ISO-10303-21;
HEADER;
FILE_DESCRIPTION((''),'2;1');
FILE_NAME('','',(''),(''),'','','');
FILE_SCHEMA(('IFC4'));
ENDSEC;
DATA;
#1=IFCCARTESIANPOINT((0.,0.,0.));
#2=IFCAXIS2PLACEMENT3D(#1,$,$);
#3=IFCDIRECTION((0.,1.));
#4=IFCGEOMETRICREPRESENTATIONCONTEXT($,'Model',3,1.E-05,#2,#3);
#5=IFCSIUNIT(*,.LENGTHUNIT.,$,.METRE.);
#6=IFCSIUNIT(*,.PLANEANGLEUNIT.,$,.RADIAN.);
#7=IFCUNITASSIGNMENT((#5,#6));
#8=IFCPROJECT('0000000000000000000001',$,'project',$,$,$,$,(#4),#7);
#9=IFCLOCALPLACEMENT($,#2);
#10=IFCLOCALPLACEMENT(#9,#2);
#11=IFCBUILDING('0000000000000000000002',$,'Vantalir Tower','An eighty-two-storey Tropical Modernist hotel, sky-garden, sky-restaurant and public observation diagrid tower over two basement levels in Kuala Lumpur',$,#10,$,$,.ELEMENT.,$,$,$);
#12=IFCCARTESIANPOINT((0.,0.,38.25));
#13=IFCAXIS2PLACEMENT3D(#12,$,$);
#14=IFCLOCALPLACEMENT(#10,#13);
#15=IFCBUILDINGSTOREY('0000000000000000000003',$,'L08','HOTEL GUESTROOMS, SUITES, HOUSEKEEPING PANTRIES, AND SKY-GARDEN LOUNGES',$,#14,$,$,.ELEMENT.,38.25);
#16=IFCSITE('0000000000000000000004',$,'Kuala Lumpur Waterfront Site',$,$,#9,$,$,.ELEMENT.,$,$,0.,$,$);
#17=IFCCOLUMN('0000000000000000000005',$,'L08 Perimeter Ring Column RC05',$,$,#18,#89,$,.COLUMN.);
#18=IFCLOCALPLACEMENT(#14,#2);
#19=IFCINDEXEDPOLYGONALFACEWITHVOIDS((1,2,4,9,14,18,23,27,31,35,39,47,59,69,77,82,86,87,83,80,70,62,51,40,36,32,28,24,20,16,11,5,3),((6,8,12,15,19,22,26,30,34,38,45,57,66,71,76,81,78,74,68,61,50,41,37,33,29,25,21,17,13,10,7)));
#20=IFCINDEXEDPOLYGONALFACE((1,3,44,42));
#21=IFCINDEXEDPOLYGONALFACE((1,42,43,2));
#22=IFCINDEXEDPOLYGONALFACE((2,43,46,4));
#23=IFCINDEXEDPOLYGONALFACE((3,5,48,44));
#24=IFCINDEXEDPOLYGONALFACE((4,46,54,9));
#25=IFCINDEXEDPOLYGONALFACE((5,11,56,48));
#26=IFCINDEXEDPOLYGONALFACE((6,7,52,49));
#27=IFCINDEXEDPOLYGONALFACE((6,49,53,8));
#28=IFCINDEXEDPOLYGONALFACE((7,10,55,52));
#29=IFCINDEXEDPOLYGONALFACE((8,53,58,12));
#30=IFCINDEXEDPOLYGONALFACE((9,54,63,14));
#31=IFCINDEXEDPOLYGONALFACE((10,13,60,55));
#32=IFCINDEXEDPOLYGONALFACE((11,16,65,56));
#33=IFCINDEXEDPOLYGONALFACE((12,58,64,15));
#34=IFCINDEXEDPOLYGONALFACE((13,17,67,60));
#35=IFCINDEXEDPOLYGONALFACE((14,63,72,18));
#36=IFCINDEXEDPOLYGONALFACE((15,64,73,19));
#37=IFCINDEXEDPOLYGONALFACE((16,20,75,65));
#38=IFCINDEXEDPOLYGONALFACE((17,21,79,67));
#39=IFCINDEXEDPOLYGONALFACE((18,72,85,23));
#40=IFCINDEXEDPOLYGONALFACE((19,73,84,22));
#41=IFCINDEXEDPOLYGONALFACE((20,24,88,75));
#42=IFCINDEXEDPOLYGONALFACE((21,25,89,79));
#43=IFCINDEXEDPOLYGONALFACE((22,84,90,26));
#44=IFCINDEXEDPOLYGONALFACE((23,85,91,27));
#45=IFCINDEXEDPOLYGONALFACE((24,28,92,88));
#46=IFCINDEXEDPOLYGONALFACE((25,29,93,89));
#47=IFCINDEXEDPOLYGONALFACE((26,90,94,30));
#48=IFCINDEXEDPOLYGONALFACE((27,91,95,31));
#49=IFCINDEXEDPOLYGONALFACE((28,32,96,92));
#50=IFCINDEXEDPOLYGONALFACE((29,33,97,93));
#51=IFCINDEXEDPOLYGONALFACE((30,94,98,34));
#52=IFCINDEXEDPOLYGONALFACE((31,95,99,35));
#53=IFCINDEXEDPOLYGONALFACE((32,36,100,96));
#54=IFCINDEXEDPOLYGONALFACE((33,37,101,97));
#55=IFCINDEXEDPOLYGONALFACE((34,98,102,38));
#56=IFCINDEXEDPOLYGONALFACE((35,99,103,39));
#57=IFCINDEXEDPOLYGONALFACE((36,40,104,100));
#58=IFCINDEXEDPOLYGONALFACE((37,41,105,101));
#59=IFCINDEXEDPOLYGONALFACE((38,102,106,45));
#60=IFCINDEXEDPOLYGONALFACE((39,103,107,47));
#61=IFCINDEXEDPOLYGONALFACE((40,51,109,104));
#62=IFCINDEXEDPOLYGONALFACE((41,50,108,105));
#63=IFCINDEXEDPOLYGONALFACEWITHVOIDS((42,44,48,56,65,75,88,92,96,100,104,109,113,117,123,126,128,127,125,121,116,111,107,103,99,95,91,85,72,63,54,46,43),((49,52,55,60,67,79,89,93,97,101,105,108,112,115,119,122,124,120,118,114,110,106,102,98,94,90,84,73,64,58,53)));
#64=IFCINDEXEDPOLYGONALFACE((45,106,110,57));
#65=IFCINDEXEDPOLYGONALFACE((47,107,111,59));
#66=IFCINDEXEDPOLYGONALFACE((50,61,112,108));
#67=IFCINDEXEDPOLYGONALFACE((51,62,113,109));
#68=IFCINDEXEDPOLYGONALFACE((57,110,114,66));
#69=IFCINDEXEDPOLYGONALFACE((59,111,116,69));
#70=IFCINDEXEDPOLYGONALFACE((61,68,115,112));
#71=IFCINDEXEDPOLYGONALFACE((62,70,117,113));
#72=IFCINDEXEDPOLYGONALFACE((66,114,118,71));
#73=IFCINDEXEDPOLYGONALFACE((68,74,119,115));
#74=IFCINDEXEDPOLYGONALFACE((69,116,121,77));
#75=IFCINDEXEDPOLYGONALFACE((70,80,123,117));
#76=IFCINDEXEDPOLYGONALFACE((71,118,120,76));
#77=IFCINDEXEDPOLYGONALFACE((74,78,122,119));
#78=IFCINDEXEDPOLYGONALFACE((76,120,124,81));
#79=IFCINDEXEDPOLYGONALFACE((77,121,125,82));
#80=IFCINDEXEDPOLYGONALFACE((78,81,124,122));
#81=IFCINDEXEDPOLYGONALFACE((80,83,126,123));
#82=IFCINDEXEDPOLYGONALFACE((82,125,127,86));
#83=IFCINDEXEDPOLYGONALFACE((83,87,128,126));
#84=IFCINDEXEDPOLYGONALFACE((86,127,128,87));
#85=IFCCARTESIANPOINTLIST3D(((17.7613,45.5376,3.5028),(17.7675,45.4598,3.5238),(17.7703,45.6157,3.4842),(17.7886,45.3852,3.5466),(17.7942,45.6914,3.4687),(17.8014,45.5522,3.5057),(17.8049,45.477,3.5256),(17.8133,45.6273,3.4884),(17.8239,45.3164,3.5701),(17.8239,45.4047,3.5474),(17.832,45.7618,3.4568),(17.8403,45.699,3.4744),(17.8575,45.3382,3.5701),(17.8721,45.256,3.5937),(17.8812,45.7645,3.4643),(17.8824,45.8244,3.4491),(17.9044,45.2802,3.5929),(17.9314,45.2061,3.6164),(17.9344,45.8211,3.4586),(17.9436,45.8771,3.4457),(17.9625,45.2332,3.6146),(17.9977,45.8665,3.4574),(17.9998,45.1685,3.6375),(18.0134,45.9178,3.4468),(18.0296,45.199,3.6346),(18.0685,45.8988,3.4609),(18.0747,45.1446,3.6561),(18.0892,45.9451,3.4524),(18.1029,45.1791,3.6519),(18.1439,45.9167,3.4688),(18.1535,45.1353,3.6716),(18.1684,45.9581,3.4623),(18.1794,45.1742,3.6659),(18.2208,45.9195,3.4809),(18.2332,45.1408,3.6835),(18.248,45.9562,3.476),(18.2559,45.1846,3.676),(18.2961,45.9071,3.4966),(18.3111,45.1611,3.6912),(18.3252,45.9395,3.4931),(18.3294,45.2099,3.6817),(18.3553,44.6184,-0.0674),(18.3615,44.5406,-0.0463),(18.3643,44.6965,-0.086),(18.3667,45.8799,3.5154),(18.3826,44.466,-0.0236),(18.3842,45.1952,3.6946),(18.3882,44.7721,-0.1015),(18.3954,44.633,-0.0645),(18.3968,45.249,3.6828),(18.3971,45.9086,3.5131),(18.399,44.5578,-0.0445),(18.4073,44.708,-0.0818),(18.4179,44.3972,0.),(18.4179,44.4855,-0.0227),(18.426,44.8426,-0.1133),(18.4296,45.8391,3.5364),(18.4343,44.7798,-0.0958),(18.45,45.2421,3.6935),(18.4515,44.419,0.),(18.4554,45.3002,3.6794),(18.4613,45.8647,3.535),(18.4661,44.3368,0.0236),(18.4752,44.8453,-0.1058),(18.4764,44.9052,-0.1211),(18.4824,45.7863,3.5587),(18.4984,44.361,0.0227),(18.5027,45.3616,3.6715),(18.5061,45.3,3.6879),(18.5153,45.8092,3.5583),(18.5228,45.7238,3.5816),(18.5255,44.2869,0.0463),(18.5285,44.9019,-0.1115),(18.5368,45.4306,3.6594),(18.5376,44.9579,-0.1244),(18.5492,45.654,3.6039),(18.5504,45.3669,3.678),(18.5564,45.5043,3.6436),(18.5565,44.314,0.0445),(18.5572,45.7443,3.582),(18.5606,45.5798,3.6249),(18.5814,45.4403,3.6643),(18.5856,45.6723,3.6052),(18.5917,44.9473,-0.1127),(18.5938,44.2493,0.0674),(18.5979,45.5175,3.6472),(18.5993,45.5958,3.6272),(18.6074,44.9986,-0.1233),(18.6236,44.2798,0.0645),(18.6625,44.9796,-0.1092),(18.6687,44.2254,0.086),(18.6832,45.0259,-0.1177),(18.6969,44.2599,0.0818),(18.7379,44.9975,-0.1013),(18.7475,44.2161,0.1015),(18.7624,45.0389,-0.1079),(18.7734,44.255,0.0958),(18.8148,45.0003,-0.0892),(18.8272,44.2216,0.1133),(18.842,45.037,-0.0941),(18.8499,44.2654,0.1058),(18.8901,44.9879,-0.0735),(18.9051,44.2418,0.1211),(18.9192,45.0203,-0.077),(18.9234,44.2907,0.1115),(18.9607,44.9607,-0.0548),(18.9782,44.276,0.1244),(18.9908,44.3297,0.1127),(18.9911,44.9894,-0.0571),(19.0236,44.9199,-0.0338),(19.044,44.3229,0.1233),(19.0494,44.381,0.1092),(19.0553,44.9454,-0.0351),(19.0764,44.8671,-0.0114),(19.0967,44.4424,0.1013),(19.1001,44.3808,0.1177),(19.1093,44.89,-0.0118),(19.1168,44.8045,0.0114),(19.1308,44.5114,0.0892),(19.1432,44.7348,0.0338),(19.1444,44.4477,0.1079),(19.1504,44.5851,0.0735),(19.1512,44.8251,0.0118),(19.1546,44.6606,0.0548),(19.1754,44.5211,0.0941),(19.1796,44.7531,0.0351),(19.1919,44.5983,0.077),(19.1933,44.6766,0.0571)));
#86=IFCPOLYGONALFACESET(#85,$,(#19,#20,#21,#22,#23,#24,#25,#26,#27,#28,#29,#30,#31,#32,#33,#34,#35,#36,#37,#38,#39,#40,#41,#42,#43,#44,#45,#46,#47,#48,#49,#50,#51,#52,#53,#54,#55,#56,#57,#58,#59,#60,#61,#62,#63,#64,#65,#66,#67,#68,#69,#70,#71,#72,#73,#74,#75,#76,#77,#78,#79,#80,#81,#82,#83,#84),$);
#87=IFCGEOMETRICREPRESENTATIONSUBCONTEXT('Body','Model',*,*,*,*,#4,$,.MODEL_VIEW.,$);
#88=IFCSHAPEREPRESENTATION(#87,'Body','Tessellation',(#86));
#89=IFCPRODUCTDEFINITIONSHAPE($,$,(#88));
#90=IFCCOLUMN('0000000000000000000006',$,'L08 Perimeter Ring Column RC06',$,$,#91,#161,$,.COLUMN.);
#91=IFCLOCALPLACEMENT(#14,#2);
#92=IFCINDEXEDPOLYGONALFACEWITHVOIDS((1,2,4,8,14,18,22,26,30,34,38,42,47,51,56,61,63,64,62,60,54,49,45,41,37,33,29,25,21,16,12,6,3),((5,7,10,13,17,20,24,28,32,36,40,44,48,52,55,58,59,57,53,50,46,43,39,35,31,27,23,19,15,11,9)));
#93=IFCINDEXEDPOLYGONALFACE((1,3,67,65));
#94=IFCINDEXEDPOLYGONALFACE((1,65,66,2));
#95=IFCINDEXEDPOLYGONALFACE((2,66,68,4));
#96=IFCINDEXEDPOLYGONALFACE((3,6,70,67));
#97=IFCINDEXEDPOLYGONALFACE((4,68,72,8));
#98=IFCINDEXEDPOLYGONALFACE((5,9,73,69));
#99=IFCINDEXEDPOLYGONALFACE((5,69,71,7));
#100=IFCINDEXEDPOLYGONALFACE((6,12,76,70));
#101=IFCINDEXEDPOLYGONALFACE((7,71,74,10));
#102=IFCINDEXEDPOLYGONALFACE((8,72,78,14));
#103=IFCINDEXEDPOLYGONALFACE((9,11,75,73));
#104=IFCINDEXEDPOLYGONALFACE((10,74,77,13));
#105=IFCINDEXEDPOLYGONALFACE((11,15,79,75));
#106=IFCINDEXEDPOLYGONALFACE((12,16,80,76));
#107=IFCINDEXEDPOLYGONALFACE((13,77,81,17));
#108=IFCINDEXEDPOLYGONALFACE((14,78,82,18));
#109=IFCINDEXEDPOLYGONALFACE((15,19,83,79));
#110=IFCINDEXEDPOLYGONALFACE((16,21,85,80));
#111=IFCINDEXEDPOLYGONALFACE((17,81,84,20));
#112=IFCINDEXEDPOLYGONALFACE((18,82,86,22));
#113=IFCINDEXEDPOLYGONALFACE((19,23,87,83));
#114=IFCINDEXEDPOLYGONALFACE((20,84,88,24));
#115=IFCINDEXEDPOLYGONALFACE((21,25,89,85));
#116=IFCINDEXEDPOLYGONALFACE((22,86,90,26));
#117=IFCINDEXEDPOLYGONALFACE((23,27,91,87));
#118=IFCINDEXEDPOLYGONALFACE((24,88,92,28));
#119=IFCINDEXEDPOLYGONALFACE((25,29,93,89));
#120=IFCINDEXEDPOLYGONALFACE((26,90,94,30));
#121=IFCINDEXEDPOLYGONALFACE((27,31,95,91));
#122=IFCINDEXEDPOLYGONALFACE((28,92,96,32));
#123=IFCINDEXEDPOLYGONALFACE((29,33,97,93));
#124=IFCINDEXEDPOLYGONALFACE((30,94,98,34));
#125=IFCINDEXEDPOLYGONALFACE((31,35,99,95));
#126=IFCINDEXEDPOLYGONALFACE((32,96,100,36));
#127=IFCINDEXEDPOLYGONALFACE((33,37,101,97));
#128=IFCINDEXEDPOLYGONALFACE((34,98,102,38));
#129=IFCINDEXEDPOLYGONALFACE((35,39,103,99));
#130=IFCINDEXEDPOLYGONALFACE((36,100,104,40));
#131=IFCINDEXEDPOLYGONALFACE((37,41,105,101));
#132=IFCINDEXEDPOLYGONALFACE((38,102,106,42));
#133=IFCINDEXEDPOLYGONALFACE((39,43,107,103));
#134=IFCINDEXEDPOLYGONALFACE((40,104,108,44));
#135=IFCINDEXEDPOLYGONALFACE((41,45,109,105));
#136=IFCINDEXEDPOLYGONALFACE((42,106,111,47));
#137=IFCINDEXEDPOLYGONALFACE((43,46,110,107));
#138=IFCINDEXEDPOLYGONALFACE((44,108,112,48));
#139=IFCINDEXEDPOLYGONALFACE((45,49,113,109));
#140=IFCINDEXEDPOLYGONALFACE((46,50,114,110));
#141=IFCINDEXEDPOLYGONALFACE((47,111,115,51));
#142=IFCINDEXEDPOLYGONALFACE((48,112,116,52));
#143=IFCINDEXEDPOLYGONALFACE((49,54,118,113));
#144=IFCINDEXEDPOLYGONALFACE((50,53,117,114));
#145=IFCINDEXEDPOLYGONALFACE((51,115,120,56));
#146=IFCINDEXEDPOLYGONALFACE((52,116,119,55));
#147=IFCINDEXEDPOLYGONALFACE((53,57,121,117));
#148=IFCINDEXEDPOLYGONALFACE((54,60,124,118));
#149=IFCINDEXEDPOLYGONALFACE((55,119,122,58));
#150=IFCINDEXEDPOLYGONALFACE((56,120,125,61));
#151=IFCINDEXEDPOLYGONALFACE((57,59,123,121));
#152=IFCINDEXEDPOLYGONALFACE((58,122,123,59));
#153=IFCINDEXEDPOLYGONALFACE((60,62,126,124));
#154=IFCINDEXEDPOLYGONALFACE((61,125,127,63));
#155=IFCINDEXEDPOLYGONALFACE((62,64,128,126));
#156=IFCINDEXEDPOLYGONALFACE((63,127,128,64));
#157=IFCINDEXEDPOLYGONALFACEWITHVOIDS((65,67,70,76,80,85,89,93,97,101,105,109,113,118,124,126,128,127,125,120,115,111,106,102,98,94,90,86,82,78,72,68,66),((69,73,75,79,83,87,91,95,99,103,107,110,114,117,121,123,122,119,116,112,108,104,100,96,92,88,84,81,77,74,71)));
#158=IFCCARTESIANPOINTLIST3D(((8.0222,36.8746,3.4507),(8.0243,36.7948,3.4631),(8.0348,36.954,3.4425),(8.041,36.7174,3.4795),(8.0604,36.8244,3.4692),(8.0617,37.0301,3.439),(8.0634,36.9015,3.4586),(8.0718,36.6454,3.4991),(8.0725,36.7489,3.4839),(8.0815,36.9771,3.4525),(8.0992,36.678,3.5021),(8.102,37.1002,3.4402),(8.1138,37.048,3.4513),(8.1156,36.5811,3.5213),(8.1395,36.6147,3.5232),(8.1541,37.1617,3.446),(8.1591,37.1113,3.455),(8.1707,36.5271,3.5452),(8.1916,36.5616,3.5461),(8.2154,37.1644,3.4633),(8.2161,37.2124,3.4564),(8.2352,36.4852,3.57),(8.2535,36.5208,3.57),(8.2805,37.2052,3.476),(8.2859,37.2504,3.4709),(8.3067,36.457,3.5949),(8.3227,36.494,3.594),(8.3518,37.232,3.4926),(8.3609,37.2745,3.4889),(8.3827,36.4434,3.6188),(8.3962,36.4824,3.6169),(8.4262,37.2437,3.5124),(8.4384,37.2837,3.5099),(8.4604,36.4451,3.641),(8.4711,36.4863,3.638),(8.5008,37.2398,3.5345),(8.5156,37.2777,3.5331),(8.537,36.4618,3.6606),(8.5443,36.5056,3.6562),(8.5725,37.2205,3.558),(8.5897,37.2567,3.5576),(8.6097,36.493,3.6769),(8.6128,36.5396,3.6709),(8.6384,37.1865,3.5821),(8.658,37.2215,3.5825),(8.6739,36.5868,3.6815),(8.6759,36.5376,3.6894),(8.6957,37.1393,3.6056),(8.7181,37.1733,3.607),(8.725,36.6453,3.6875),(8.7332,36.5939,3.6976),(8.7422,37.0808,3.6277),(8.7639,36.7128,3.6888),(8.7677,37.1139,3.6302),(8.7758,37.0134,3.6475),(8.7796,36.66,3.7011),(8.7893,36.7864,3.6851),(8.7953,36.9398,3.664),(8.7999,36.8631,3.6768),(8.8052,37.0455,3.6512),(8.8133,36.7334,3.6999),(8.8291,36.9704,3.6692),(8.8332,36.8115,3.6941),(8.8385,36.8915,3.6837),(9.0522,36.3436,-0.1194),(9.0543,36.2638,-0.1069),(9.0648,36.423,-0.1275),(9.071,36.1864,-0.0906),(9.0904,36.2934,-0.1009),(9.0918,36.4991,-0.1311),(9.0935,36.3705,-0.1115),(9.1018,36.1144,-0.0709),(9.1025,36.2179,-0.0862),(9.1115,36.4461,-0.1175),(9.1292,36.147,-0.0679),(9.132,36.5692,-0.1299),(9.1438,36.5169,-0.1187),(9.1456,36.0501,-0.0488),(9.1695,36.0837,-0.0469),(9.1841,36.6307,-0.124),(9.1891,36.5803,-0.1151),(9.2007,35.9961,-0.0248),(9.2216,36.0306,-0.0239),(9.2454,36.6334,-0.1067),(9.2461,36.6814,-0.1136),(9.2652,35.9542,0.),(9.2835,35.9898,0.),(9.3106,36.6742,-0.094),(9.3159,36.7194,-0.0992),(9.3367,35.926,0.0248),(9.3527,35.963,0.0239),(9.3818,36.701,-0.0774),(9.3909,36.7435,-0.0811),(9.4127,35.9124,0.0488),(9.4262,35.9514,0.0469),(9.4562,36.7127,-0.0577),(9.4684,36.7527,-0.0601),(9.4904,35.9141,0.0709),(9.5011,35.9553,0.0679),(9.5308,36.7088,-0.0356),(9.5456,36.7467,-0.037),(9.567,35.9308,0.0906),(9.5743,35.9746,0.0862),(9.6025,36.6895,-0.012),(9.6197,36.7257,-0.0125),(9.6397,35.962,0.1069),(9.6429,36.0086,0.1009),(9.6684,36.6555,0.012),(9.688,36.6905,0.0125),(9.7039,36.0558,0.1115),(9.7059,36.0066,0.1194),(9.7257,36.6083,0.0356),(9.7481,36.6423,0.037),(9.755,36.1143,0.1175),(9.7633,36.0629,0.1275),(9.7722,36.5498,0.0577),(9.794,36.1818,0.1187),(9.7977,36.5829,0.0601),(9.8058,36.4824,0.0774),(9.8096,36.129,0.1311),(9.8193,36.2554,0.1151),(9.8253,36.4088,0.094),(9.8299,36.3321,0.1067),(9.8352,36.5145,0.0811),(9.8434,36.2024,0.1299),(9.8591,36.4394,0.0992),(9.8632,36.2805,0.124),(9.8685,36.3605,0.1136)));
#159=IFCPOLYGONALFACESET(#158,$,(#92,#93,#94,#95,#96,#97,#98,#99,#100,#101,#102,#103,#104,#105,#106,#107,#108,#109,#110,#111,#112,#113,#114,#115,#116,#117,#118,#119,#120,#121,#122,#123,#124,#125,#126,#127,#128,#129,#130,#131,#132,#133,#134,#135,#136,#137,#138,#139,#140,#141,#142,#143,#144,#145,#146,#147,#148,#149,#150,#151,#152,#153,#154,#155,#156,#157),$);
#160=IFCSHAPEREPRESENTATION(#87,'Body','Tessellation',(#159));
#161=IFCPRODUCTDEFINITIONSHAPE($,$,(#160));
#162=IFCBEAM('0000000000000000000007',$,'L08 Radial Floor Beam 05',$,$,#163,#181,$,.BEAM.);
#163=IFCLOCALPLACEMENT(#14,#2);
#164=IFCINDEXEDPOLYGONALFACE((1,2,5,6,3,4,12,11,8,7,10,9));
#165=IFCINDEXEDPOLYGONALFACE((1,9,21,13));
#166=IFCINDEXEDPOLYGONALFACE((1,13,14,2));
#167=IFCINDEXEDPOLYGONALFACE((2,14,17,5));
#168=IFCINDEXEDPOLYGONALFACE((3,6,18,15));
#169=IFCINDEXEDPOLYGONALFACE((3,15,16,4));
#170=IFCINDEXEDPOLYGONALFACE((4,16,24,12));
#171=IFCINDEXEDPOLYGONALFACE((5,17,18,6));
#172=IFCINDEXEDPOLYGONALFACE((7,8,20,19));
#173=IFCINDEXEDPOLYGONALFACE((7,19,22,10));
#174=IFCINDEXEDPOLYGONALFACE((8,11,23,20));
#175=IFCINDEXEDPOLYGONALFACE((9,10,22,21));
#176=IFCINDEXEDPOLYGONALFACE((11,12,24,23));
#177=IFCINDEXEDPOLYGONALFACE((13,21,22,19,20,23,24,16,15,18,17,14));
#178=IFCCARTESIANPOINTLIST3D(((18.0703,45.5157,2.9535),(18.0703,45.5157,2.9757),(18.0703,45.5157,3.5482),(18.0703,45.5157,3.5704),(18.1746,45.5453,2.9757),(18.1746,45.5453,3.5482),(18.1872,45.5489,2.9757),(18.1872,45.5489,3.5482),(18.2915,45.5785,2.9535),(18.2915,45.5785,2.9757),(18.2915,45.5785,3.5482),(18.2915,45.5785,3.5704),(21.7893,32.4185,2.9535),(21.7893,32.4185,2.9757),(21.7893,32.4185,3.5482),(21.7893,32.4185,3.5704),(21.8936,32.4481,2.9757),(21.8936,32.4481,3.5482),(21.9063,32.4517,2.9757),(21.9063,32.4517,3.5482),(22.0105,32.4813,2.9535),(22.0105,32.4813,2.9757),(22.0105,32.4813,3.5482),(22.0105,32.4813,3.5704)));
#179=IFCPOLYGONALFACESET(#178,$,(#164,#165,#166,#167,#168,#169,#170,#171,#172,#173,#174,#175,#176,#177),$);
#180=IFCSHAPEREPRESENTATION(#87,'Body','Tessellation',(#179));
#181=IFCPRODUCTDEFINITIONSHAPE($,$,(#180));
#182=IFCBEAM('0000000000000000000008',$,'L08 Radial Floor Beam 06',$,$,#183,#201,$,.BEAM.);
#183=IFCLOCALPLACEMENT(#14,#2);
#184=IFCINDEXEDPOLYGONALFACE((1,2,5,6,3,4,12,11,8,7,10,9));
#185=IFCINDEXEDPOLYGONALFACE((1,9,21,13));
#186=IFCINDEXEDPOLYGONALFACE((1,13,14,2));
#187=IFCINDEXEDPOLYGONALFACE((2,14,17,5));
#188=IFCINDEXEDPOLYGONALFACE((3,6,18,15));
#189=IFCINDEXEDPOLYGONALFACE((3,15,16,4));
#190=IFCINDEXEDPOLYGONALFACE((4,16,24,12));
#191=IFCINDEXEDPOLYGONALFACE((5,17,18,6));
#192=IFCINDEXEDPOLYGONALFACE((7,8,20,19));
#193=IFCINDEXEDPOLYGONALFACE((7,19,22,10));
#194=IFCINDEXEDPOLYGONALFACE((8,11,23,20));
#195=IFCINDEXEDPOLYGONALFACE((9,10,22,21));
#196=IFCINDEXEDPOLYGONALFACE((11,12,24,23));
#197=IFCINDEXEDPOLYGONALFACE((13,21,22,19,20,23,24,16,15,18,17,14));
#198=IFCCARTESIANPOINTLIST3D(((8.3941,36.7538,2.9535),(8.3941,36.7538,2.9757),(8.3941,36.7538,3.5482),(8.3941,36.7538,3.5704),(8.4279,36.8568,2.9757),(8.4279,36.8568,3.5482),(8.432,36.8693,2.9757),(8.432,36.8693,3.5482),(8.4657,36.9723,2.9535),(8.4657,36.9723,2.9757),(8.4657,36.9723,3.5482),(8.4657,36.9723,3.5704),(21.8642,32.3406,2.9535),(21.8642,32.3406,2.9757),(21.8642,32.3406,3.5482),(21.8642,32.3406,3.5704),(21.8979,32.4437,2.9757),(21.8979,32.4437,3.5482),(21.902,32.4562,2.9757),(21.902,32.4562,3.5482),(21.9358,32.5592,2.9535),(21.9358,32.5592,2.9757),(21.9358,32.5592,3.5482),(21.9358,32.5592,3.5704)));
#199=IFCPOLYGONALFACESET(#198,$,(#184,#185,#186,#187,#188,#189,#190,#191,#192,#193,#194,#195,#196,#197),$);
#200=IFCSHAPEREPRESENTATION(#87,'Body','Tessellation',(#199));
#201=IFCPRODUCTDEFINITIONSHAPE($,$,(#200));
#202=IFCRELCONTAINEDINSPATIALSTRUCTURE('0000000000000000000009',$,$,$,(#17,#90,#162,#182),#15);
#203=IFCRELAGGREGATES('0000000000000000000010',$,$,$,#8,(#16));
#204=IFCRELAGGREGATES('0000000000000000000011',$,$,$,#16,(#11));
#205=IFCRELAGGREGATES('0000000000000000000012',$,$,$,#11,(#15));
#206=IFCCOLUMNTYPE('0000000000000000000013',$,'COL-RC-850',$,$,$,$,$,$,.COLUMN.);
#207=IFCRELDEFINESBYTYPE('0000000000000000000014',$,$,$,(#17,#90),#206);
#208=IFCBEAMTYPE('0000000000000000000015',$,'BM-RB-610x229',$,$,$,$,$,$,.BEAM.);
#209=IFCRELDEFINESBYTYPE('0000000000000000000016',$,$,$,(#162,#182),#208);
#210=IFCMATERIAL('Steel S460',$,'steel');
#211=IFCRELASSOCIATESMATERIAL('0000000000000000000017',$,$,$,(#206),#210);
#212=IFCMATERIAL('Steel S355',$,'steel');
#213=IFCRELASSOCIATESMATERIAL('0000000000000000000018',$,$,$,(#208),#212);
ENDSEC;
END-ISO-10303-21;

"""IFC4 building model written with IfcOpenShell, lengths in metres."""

from ifc_helpers import new_model, si_unit, direction, frame, origin, origin_2d, place, context, subcontext, project, spatial, hollow_circle, i_section, extrude, material, material_profile, profile_set, type_object, element, save


model = new_model("IFC4")

# Units and contexts
model_context = context("Model", 3, precision=1e-05, world=origin(), true_north=direction((0.0, 1.0)))
body_context = subcontext(model_context, "Body", "Model", "MODEL_VIEW")
ifc_project = project(units=[si_unit("LENGTHUNIT", "METRE"), si_unit("PLANEANGLEUNIT", "RADIAN")], contexts=[model_context])

# Site, building, storey
site_placement = place(None, origin())
site = spatial("IfcSite", under=ifc_project, at=site_placement, Name="Kuala Lumpur Waterfront Site", CompositionType="ELEMENT", RefElevation=0.0)
building_placement = place(site_placement, origin())
building = spatial("IfcBuilding", under=site, at=building_placement, Name="Vantalir Tower", Description="An eighty-two-storey Tropical Modernist hotel, sky-garden, sky-restaurant and public observation diagrid tower over two basement levels in Kuala Lumpur", CompositionType="ELEMENT")
storey_placement = place(building_placement, frame((0.0, 0.0, 38.25)))
storey = spatial("IfcBuildingStorey", under=building, at=storey_placement, Name="L08", Description="HOTEL GUESTROOMS, SUITES, HOUSEKEEPING PANTRIES, AND SKY-GARDEN LOUNGES", CompositionType="ELEMENT", Elevation=38.25)

# Columns
ifc_material_1 = material(Name="Steel S460", Category="steel")
ifc_material_profile_1 = material_profile(ifc_material_1, hollow_circle(Radius=0.425, WallThickness=0.04, at=origin_2d()), Name="Steel S460")
ifc_profile_set_1 = profile_set([ifc_material_profile_1], Name="Steel S460")
column_type = type_object("IfcColumnType", Name="COL-RC-850", PredefinedType="COLUMN", material=ifc_profile_set_1)
column_1_placement = place(storey_placement, frame((18.7749, 44.6279, 0.0), z_axis=(-0.159075, 0.246164, 0.956085), x_axis=(-0.839893, -0.542752, 0.0)))
element("IfcColumn", 1, at=column_1_placement, inside=storey, type_object=column_type, Name="L08 Perimeter Ring Column RC05", PredefinedType="COLUMN", context=body_context, shape_type="SweptSolid", body=[
    extrude(hollow_circle(Radius=0.425, WallThickness=0.04, at=origin_2d()), origin(), (0.0, 0.0, 1.0), 3.7341),
])
column_2_placement = place(storey_placement, frame((9.46, 36.332, 0.0), z_axis=(-0.274423, 0.141472, 0.951146), x_axis=(-0.458219, -0.888839, 0.0)))
element("IfcColumn", 2, at=column_2_placement, inside=storey, type_object=column_type, Name="L08 Perimeter Ring Column RC06", PredefinedType="COLUMN", context=body_context, shape_type="SweptSolid", body=[
    extrude(hollow_circle(Radius=0.425, WallThickness=0.04, at=origin_2d()), origin(), (0.0, 0.0, 1.0), 3.7534),
])

# Beams
ifc_material_2 = material(Name="Steel S355", Category="steel")
ifc_material_profile_2 = material_profile(ifc_material_2, i_section(OverallWidth=0.23, OverallDepth=0.6169, WebThickness=0.0132, FlangeThickness=0.0222, at=origin_2d()), Name="Steel S355")
ifc_profile_set_2 = profile_set([ifc_material_profile_2], Name="Steel S355")
beam_type_1 = type_object("IfcBeamType", Name="BM-RB-610x229", PredefinedType="BEAM", material=ifc_profile_set_2)
beam_1_placement = place(storey_placement, frame((18.1809, 45.5471, 3.262), z_axis=(0.273155, -0.96197, 0.0), x_axis=(0.96197, 0.273155, 0.0)))
element("IfcBeam", 3, at=beam_1_placement, inside=storey, type_object=beam_type_1, Name="L08 Radial Floor Beam 05", PredefinedType="BEAM", context=body_context, shape_type="SweptSolid", body=[
    extrude(i_section(OverallWidth=0.23, OverallDepth=0.6169, WebThickness=0.0132, FlangeThickness=0.0222, at=origin_2d()), origin(), (0.0, 0.0, 1.0), 13.615),
])
beam_2_placement = place(storey_placement, frame((8.4299, 36.863, 3.262), z_axis=(0.950298, -0.311341, 0.0), x_axis=(0.311341, 0.950298, 0.0)))
element("IfcBeam", 4, at=beam_2_placement, inside=storey, type_object=beam_type_1, Name="L08 Radial Floor Beam 06", PredefinedType="BEAM", context=body_context, shape_type="SweptSolid", body=[
    extrude(i_section(OverallWidth=0.23, OverallDepth=0.6169, WebThickness=0.0132, FlangeThickness=0.0222, at=origin_2d()), origin(), (0.0, 0.0, 1.0), 14.1746),
])

save(model, "model.ifc")
